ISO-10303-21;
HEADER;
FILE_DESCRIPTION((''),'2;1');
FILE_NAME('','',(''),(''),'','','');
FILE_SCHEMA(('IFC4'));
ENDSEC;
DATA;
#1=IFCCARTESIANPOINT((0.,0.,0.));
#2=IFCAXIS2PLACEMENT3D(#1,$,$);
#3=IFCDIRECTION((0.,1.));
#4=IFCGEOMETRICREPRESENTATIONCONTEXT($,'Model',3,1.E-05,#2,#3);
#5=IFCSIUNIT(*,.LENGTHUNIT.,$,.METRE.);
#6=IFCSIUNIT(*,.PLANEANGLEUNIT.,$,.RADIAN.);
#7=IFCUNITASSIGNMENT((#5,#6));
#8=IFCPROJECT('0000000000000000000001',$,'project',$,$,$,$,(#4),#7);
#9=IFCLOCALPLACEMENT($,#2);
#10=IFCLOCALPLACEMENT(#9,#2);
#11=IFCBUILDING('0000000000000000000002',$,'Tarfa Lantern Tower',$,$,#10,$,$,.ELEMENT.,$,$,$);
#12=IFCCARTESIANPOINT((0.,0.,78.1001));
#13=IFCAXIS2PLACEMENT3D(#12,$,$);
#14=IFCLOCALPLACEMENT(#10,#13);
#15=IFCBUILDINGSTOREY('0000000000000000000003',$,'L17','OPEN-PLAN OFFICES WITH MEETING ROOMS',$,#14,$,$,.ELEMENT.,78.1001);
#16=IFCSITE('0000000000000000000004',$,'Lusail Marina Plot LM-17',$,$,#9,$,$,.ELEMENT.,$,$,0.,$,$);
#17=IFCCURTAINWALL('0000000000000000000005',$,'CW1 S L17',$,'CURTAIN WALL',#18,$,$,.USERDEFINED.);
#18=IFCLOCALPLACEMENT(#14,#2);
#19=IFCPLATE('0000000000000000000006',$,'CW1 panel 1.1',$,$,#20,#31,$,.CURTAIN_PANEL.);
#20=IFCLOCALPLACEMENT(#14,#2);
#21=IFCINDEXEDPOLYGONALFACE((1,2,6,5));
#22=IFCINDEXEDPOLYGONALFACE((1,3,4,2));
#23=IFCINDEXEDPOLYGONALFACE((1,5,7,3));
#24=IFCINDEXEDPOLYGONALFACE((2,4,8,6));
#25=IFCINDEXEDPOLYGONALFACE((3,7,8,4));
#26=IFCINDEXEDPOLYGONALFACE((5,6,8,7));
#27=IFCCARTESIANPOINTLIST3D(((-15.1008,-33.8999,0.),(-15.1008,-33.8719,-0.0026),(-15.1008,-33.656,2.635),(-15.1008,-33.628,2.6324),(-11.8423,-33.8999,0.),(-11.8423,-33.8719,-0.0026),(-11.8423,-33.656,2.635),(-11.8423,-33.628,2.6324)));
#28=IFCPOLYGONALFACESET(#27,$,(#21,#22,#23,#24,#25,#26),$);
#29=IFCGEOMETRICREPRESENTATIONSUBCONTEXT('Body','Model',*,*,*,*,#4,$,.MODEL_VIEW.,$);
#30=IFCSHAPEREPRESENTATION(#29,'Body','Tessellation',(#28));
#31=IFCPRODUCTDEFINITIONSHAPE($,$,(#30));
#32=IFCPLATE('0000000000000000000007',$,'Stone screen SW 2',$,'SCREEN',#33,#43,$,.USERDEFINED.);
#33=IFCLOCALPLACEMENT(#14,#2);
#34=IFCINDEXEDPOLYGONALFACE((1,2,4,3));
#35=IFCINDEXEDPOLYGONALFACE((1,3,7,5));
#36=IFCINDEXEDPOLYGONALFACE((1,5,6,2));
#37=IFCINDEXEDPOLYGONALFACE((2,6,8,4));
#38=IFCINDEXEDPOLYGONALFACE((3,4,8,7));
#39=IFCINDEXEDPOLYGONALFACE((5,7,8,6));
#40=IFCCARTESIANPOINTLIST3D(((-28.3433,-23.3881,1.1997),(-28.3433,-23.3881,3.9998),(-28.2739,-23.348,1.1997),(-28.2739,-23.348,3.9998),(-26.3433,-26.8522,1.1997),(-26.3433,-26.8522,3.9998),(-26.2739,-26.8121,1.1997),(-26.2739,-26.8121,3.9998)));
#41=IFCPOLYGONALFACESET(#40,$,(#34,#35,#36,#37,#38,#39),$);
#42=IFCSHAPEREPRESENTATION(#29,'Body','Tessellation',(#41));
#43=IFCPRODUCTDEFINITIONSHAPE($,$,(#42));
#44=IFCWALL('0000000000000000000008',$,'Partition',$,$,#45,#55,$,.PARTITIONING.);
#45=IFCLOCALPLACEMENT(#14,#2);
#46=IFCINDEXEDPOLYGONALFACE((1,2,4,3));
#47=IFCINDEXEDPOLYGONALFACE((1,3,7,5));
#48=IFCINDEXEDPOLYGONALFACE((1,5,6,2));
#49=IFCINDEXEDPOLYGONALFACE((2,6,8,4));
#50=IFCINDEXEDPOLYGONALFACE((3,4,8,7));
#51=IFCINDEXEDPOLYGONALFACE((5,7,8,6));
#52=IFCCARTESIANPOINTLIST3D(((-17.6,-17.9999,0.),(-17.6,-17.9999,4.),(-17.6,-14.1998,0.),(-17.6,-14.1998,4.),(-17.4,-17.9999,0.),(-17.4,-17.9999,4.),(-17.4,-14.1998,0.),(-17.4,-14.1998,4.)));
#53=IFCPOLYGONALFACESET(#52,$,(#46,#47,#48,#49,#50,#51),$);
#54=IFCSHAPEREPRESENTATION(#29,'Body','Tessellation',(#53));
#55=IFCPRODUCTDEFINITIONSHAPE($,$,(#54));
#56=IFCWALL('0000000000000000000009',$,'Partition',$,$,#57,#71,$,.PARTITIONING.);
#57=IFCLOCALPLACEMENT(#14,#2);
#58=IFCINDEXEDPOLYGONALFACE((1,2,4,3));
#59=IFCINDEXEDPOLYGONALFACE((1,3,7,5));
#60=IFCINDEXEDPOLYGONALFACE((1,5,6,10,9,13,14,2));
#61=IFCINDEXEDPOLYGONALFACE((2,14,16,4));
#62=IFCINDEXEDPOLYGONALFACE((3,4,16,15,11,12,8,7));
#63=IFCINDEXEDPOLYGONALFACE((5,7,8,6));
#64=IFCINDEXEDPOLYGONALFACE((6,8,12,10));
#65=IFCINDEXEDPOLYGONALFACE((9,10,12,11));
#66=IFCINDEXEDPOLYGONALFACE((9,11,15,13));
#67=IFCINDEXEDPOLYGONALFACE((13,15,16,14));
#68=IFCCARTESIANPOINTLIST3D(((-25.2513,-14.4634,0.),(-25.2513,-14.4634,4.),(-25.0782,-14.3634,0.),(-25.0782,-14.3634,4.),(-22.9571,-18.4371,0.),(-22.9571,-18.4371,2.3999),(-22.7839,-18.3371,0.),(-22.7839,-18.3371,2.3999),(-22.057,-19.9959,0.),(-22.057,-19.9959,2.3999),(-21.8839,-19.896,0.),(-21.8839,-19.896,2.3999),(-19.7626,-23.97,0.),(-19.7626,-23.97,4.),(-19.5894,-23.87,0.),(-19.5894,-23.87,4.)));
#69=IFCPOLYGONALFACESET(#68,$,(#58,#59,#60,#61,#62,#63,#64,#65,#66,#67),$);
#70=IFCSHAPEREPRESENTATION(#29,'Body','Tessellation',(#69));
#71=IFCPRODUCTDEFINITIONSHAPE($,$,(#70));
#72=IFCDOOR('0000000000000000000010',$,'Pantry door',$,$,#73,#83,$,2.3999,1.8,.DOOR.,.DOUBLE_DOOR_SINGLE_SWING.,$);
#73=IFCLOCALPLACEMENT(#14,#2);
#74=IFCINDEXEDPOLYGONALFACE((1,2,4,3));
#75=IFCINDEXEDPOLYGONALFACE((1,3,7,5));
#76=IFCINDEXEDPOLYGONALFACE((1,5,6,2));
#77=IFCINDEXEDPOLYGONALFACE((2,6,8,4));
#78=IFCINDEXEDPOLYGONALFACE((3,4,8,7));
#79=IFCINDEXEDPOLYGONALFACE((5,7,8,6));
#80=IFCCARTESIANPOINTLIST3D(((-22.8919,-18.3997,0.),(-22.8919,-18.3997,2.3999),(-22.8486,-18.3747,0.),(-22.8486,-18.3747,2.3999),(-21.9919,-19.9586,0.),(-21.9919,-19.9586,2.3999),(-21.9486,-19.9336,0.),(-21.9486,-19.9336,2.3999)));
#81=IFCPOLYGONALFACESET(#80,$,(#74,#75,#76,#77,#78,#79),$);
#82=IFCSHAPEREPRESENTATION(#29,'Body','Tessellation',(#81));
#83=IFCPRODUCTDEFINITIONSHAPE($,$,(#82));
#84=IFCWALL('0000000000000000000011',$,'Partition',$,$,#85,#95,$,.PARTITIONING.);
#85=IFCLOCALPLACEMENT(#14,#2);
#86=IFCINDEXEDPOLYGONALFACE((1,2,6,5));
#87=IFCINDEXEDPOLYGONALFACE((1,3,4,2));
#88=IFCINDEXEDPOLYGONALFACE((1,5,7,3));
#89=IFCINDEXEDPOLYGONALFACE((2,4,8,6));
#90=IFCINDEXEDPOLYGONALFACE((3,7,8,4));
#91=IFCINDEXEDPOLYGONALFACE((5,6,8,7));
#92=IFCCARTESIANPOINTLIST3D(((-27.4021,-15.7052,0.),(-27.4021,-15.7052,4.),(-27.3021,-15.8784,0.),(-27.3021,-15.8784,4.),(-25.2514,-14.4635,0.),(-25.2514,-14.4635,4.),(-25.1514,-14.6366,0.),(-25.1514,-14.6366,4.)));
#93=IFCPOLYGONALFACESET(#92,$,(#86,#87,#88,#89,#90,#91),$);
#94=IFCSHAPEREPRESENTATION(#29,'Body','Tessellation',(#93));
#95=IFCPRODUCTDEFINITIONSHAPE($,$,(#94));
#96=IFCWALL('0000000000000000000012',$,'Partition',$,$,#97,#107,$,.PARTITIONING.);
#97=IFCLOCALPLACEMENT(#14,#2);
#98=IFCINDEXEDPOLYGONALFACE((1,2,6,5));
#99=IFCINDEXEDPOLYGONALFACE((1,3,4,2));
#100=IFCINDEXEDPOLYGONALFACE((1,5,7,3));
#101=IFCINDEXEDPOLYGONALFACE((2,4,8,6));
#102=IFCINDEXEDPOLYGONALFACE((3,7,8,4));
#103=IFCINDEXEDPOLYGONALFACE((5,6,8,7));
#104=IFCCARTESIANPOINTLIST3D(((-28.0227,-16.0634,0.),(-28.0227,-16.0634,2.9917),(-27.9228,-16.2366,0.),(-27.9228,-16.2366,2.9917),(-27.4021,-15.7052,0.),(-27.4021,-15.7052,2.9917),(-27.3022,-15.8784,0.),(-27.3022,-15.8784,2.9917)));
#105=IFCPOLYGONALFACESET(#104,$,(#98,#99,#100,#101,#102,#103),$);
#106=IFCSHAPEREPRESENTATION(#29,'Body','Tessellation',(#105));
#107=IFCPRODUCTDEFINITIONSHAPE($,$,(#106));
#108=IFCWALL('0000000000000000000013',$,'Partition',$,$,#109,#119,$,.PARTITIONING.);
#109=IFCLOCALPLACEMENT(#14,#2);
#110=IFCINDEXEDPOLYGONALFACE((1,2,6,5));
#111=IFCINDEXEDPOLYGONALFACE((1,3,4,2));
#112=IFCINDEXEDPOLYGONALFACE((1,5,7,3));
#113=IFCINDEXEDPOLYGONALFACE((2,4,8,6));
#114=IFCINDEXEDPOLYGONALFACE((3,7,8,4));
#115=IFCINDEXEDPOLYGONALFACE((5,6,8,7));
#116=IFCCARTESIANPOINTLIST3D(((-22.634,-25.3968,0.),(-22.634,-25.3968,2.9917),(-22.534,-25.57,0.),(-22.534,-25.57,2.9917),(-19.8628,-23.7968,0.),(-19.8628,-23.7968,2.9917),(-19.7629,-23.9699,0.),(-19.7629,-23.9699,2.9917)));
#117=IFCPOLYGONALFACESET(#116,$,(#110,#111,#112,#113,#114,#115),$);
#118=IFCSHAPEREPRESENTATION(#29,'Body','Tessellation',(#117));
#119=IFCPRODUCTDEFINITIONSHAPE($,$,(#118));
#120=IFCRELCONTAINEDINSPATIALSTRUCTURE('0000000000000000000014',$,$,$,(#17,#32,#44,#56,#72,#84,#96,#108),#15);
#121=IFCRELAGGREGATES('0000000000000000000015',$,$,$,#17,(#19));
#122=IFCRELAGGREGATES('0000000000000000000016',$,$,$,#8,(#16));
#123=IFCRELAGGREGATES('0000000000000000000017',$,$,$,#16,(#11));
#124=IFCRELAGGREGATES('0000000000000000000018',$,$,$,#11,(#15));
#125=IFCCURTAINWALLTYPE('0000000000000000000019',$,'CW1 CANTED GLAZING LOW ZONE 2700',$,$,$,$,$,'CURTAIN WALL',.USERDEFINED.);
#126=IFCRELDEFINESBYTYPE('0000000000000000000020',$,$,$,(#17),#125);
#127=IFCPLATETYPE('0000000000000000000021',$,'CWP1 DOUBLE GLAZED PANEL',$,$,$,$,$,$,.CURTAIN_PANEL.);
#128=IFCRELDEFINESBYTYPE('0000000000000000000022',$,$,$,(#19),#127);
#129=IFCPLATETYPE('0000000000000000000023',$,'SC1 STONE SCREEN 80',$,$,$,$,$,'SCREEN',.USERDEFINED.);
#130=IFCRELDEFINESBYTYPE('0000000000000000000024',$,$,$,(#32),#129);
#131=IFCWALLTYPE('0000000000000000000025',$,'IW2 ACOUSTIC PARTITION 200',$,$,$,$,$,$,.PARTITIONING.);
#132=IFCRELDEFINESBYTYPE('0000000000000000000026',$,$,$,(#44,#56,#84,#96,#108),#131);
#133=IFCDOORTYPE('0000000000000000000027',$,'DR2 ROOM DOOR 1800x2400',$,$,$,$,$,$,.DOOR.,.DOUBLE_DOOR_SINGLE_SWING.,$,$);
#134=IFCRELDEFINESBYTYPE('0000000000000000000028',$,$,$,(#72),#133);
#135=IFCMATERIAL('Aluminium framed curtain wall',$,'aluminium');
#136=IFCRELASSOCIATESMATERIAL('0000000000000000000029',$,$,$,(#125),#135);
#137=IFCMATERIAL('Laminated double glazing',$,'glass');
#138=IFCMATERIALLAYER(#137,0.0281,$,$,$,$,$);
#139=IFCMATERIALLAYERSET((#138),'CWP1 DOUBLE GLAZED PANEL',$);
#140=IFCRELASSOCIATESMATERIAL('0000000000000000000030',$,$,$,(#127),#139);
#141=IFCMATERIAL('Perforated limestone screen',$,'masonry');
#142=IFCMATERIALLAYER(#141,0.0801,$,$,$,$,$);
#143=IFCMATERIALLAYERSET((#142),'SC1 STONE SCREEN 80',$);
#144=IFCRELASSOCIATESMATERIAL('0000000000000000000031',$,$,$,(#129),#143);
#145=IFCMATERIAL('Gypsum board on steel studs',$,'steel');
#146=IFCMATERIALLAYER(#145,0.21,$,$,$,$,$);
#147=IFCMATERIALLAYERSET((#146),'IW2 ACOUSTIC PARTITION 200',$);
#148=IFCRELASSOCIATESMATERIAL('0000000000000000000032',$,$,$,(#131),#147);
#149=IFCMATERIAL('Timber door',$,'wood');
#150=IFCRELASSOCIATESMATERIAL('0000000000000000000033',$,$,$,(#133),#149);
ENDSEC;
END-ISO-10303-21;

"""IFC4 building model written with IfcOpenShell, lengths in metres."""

from ifc_helpers import new_model, si_unit, direction, frame, frame_2d, origin, origin_2d, place, context, subcontext, project, spatial, polyline, rectangle, outline, extrude, material, layer, layer_set, type_object, element, fill, aggregate, save


model = new_model("IFC4")

# Units and contexts
model_context = context("Model", 3, precision=1e-05, world=origin(), true_north=direction((0.0, 1.0)))
body_context = subcontext(model_context, "Body", "Model", "MODEL_VIEW")
ifc_project = project(units=[si_unit("LENGTHUNIT", "METRE"), si_unit("PLANEANGLEUNIT", "RADIAN")], contexts=[model_context])

# Site, building, storey
site_placement = place(None, origin())
site = spatial("IfcSite", under=ifc_project, at=site_placement, Name="Lusail Marina Plot LM-17", CompositionType="ELEMENT", RefElevation=0.0)
building_placement = place(site_placement, origin())
building = spatial("IfcBuilding", under=site, at=building_placement, Name="Tarfa Lantern Tower", CompositionType="ELEMENT")
storey_placement = place(building_placement, frame((0.0, 0.0, 78.1001)))
storey = spatial("IfcBuildingStorey", under=building, at=storey_placement, Name="L17", Description="OPEN-PLAN OFFICES WITH MEETING ROOMS", CompositionType="ELEMENT", Elevation=78.1001)

# Curtain wall
ifc_material_1 = material(Name="Aluminium framed curtain wall", Category="aluminium")
curtain_wall_type = type_object("IfcCurtainWallType", Name="CW1 CANTED GLAZING LOW ZONE 2700", ElementType="CURTAIN WALL", PredefinedType="USERDEFINED", material=ifc_material_1)
curtain_wall_placement = place(storey_placement, origin())
curtain_wall = element("IfcCurtainWall", 1, at=curtain_wall_placement, inside=storey, type_object=curtain_wall_type, Name="CW1 S L17", ObjectType="CURTAIN WALL", PredefinedType="USERDEFINED")

# Plates
ifc_material_2 = material(Name="Laminated double glazing", Category="glass")
ifc_layer_1 = layer(ifc_material_2, 0.0281)
ifc_layer_set_1 = layer_set([ifc_layer_1], Name="CWP1 DOUBLE GLAZED PANEL")
plate_type_1 = type_object("IfcPlateType", Name="CWP1 DOUBLE GLAZED PANEL", PredefinedType="CURTAIN_PANEL", material=ifc_layer_set_1)
plate_1_placement = place(storey_placement, frame((-15.1008, -33.8999, 0.0), z_axis=(0.0, -0.995744, 0.092166), x_axis=(1.0, 0.0, 0.0)))
plate_1 = element("IfcPlate", 2, at=plate_1_placement, type_object=plate_type_1, Name="CW1 panel 1.1", PredefinedType="CURTAIN_PANEL", context=body_context, shape_type="SweptSolid", body=[
    extrude(outline(polyline([(0.0, 0.0), (3.2585, 0.0), (3.2585, 2.6463), (0.0, 2.6463), (0.0, 0.0)])), origin(), (0.0, 0.0, -1.0), 0.0281),
])
aggregate(curtain_wall, [plate_1])
ifc_material_3 = material(Name="Perforated limestone screen", Category="masonry")
ifc_layer_2 = layer(ifc_material_3, 0.0801)
ifc_layer_set_2 = layer_set([ifc_layer_2], Name="SC1 STONE SCREEN 80")
plate_type_2 = type_object("IfcPlateType", Name="SC1 STONE SCREEN 80", ElementType="SCREEN", PredefinedType="USERDEFINED", material=ifc_layer_set_2)
plate_2_placement = place(storey_placement, frame((-27.3086, -25.1001, 1.1997), z_axis=(0.0, 0.0, 1.0), x_axis=(0.5, -0.866025, 0.0)))
element("IfcPlate", 3, at=plate_2_placement, inside=storey, type_object=plate_type_2, Name="Stone screen SW 2", ObjectType="SCREEN", PredefinedType="USERDEFINED", context=body_context, shape_type="SweptSolid", body=[
    extrude(rectangle(XDim=4.0, YDim=0.0801, at=origin_2d()), origin(), (0.0, 0.0, 1.0), 2.8),
])

# Wall
ifc_material_4 = material(Name="Gypsum board on steel studs", Category="steel")
ifc_layer_3 = layer(ifc_material_4, 0.21)
ifc_layer_set_3 = layer_set([ifc_layer_3], Name="IW2 ACOUSTIC PARTITION 200")
wall_type = type_object("IfcWallType", Name="IW2 ACOUSTIC PARTITION 200", PredefinedType="PARTITIONING", material=ifc_layer_set_3)
wall_1_placement = place(storey_placement, frame((-17.5, -14.2, 0.0), z_axis=(0.0, 0.0, 1.0), x_axis=(0.0, -1.0, 0.0)))
element("IfcWall", 4, at=wall_1_placement, inside=storey, type_object=wall_type, Name="Partition", PredefinedType="PARTITIONING", context=body_context, shape_type="SweptSolid", body=[
    extrude(rectangle(XDim=3.8, YDim=0.2, at=frame_2d((1.8999, 0.0))), origin(), (0.0, 0.0, 1.0), 4.0),
])

# Wall, opening, door
wall_2_placement = place(storey_placement, frame((-25.1648, -14.4133, 0.0), z_axis=(0.0, 0.0, 1.0), x_axis=(0.500009, -0.86602, 0.0)))
wall_2 = element("IfcWall", 5, at=wall_2_placement, inside=storey, type_object=wall_type, Name="Partition", PredefinedType="PARTITIONING", context=body_context, shape_type="SweptSolid", body=[
    extrude(rectangle(XDim=10.9773, YDim=0.2, at=frame_2d((5.4888, 0.0))), origin(), (0.0, 0.0, 1.0), 4.0),
])
opening_placement = place(wall_2_placement, frame((4.5886, 0.0, 0.0)))
opening = element("IfcOpeningElement", 6, at=opening_placement, cuts=wall_2, PredefinedType="OPENING", context=body_context, shape_type="SweptSolid", body=[
    extrude(rectangle(XDim=1.8, YDim=2.3999, at=frame_2d((0.8999, 1.2))), frame((0.0, 0.1099, 0.0), z_axis=(0.0, -1.0, 0.0), x_axis=(1.0, 0.0, 0.0)), (0.0, 0.0, 1.0), 0.22),
])
ifc_material_5 = material(Name="Timber door", Category="wood")
door_type = type_object("IfcDoorType", Name="DR2 ROOM DOOR 1800x2400", OperationType="DOUBLE_DOOR_SINGLE_SWING", PredefinedType="DOOR", material=ifc_material_5)
door_placement = place(opening_placement, frame((1.8, 0.0, 0.0), z_axis=(0.0, 0.0, 1.0), x_axis=(-1.0, 0.0, 0.0)))
door = element("IfcDoor", 7, at=door_placement, inside=storey, type_object=door_type, Name="Pantry door", OperationType="DOUBLE_DOOR_SINGLE_SWING", OverallHeight=2.3999, OverallWidth=1.8, PredefinedType="DOOR", context=body_context, shape_type="SweptSolid", body=[
    extrude(rectangle(XDim=1.8, YDim=2.3999, at=frame_2d((0.8999, 1.2))), frame((0.0, 0.0249, 0.0), z_axis=(0.0, -1.0, 0.0), x_axis=(1.0, 0.0, 0.0)), (0.0, 0.0, 1.0), 0.05),
])
fill(opening, door)

# Walls
wall_3_placement = place(storey_placement, frame((-25.2014, -14.55, 0.0), z_axis=(0.0, 0.0, 1.0), x_axis=(-0.86602, -0.500009, 0.0)))
element("IfcWall", 8, at=wall_3_placement, inside=storey, type_object=wall_type, Name="Partition", PredefinedType="PARTITIONING", context=body_context, shape_type="SweptSolid", body=[
    extrude(rectangle(XDim=2.4834, YDim=0.2, at=frame_2d((1.2417, 0.0))), origin(), (0.0, 0.0, 1.0), 4.0),
])
wall_4_placement = place(storey_placement, frame((-27.3521, -15.7917, 0.0), z_axis=(0.0, 0.0, 1.0), x_axis=(-0.866118, -0.49984, 0.0)))
element("IfcWall", 9, at=wall_4_placement, inside=storey, type_object=wall_type, Name="Partition", PredefinedType="PARTITIONING", context=body_context, shape_type="SweptSolid", body=[
    extrude(rectangle(XDim=0.7166, YDim=0.2, at=frame_2d((0.3584, 0.0))), origin(), (0.0, 0.0, 1.0), 2.9917),
])
wall_5_placement = place(storey_placement, frame((-19.8127, -23.8833, 0.0), z_axis=(0.0, 0.0, 1.0), x_axis=(-0.866009, -0.500028, 0.0)))
element("IfcWall", 10, at=wall_5_placement, inside=storey, type_object=wall_type, Name="Partition", PredefinedType="PARTITIONING", context=body_context, shape_type="SweptSolid", body=[
    extrude(rectangle(XDim=3.2, YDim=0.2, at=frame_2d((1.6001, 0.0))), origin(), (0.0, 0.0, 1.0), 2.9917),
])

save(model, "model.ifc")
